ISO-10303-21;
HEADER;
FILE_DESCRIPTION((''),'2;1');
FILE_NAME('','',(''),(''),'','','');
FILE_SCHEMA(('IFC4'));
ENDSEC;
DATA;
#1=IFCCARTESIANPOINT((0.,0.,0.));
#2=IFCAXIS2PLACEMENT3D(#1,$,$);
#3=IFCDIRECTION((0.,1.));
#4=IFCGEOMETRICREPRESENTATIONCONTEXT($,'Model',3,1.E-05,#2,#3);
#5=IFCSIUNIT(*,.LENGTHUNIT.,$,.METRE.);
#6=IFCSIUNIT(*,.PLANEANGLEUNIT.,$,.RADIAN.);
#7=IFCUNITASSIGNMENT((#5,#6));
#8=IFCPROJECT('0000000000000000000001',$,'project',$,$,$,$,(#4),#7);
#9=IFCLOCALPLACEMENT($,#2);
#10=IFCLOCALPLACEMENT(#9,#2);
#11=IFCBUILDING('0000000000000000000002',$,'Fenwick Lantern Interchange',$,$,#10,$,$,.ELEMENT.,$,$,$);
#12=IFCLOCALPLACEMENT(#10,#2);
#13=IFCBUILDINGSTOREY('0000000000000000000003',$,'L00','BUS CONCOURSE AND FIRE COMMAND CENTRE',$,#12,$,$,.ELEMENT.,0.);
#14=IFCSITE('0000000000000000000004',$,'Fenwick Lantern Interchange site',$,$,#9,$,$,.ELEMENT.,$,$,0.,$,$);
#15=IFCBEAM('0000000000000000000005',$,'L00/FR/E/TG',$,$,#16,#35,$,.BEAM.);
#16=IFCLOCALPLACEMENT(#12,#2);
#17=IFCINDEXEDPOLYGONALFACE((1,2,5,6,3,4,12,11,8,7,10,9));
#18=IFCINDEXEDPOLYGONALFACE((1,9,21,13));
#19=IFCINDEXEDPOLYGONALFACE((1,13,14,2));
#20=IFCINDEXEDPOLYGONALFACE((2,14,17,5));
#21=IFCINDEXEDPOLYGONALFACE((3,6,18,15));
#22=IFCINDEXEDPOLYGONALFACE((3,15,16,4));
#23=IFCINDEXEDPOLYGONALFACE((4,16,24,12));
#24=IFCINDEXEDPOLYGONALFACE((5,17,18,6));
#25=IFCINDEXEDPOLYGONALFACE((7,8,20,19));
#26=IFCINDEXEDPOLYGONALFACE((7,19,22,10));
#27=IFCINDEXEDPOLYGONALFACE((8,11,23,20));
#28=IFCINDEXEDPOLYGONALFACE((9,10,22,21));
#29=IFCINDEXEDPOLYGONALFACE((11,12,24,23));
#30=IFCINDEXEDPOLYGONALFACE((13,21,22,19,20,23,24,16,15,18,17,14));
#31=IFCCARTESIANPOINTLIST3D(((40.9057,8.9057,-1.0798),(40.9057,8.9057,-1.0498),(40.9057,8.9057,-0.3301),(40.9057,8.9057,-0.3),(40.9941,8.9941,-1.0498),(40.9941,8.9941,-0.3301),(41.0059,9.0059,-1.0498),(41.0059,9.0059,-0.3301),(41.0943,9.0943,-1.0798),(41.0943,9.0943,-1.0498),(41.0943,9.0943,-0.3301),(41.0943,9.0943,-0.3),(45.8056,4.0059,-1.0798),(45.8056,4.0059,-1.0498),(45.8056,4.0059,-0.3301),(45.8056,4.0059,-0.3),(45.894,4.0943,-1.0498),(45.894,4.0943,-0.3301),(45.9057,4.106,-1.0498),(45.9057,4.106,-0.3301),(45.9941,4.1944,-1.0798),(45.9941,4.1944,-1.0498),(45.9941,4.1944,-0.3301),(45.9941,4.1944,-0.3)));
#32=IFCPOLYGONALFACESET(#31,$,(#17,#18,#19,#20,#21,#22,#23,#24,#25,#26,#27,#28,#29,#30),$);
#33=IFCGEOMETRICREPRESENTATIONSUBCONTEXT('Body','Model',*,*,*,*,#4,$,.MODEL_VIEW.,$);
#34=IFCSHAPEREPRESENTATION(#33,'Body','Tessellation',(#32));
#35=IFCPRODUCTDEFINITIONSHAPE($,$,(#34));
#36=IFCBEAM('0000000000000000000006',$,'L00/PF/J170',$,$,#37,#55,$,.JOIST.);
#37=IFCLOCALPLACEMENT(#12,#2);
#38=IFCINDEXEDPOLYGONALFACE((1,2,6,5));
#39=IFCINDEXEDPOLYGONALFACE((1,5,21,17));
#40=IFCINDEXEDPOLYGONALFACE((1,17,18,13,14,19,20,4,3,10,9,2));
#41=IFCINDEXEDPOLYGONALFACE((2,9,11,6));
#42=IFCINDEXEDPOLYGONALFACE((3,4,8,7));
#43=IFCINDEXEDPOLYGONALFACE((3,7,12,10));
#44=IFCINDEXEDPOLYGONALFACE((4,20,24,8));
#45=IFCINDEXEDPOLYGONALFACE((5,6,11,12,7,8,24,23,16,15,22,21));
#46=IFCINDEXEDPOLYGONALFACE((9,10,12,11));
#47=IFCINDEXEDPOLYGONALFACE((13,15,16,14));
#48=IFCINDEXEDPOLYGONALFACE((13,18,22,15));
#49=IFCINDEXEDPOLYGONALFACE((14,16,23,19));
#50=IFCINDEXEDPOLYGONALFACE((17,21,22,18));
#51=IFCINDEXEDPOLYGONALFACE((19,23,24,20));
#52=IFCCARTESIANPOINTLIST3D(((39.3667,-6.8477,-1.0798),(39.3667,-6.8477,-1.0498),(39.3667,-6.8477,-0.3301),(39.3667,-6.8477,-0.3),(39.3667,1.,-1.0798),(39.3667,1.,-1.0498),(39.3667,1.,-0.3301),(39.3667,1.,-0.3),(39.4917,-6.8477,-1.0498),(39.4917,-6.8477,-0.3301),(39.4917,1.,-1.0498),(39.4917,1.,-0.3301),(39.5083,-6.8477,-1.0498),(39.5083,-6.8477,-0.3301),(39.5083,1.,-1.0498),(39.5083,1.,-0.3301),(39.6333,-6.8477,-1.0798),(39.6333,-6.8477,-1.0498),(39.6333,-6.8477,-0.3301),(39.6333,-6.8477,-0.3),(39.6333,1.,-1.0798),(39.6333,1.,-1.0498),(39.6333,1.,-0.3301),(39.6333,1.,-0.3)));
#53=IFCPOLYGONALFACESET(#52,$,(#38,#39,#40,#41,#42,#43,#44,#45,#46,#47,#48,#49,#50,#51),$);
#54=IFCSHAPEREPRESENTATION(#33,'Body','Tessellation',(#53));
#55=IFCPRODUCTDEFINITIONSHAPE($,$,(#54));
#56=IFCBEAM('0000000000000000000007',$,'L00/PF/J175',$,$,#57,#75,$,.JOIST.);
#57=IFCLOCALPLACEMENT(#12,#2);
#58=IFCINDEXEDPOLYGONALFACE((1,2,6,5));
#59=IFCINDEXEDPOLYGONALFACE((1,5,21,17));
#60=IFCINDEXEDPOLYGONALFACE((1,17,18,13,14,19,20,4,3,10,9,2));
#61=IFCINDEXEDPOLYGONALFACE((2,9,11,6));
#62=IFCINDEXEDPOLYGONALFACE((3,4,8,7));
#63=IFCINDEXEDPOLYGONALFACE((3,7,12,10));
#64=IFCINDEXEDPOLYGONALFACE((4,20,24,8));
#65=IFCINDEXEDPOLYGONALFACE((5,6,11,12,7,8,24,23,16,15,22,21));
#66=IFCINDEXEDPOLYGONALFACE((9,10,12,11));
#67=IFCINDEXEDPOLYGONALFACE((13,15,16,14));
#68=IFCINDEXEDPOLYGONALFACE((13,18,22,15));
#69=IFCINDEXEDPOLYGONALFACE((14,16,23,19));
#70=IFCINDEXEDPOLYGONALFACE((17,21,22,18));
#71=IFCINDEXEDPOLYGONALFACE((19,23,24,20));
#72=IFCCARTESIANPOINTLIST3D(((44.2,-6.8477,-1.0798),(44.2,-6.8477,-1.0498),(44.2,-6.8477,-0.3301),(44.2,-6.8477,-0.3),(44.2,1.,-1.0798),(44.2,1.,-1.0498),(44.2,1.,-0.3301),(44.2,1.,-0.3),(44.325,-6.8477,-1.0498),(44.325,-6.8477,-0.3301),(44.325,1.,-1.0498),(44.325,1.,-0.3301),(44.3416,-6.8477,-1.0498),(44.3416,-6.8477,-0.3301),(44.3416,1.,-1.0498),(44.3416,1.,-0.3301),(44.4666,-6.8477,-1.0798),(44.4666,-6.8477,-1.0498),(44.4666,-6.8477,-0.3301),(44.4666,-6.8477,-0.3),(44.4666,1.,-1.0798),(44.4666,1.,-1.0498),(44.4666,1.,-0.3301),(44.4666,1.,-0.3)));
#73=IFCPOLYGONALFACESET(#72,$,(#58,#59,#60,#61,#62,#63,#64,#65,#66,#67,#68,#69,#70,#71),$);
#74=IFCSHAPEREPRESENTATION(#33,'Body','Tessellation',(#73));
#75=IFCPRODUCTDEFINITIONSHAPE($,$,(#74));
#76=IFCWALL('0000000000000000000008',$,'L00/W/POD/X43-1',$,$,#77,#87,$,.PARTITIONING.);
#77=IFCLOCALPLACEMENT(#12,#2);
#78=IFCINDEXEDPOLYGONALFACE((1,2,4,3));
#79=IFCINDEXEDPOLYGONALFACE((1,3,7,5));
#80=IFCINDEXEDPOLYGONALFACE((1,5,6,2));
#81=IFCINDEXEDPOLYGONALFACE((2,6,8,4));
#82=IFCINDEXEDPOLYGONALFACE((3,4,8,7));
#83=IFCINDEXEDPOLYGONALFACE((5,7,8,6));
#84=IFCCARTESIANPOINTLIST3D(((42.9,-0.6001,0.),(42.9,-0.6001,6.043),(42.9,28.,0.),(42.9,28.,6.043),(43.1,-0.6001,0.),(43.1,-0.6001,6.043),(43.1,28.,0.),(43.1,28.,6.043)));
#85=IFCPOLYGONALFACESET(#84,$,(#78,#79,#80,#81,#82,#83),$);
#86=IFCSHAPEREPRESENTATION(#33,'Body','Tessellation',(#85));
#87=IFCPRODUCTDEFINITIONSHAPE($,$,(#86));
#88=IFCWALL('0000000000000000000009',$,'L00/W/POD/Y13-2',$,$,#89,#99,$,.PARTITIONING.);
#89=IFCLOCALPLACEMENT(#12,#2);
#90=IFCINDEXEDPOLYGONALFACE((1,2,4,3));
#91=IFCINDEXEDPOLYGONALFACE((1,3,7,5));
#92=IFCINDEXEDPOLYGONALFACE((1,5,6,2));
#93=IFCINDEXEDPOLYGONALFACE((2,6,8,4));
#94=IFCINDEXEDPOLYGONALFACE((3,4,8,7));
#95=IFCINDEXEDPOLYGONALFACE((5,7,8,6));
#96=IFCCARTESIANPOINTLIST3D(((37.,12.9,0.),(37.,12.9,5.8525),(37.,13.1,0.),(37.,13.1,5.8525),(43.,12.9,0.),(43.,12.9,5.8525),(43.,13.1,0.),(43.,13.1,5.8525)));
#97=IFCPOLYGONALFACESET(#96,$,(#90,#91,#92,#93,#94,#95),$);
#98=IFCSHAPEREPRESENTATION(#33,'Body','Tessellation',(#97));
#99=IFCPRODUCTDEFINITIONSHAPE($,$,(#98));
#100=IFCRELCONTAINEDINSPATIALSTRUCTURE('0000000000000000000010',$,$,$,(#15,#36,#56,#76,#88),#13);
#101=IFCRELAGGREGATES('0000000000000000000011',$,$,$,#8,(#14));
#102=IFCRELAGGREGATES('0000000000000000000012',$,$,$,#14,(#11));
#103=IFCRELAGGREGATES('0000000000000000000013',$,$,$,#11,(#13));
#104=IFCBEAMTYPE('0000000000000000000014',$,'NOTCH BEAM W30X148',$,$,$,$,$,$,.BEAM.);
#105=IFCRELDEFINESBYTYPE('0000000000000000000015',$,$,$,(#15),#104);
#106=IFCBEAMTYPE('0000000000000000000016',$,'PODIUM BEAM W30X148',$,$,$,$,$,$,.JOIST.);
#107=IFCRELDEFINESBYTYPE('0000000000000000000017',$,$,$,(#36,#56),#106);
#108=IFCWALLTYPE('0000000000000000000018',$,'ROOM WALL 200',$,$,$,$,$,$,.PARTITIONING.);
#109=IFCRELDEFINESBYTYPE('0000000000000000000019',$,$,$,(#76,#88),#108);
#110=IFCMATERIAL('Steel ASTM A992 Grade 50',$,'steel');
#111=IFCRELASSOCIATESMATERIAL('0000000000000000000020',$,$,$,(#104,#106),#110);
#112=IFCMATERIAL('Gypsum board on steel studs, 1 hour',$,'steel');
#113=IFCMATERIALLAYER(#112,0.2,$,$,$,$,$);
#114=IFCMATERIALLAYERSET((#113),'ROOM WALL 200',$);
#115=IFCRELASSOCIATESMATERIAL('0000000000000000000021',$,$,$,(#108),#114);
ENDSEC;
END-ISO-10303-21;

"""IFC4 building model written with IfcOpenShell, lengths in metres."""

from ifc_helpers import new_model, si_unit, direction, frame, frame_2d, origin, origin_2d, place, context, subcontext, project, spatial, rectangle, i_section, extrude, material, layer, layer_set, material_profile, profile_set, type_object, element, save


model = new_model("IFC4")

# Units and contexts
model_context = context("Model", 3, precision=1e-05, world=origin(), true_north=direction((0.0, 1.0)))
body_context = subcontext(model_context, "Body", "Model", "MODEL_VIEW")
ifc_project = project(units=[si_unit("LENGTHUNIT", "METRE"), si_unit("PLANEANGLEUNIT", "RADIAN")], contexts=[model_context])

# Site, building, storey
site_placement = place(None, origin())
site = spatial("IfcSite", under=ifc_project, at=site_placement, Name="Fenwick Lantern Interchange site", CompositionType="ELEMENT", RefElevation=0.0)
building_placement = place(site_placement, origin())
building = spatial("IfcBuilding", under=site, at=building_placement, Name="Fenwick Lantern Interchange", CompositionType="ELEMENT")
storey_placement = place(building_placement, origin())
storey = spatial("IfcBuildingStorey", under=building, at=storey_placement, Name="L00", Description="BUS CONCOURSE AND FIRE COMMAND CENTRE", CompositionType="ELEMENT", Elevation=0.0)

# Beams
ifc_material_1 = material(Name="Steel ASTM A992 Grade 50", Category="steel")
ifc_material_profile_1 = material_profile(ifc_material_1, i_section(OverallWidth=0.2666, OverallDepth=0.7798, WebThickness=0.0166, FlangeThickness=0.03, at=origin_2d()), Name="W30X148")
ifc_profile_set_1 = profile_set([ifc_material_profile_1], Name="Steel ASTM A992 Grade 50")
beam_type_1 = type_object("IfcBeamType", Name="NOTCH BEAM W30X148", PredefinedType="BEAM", material=ifc_profile_set_1)
beam_1_placement = place(storey_placement, frame((41.0, 9.0, -0.6899), z_axis=(0.707107, -0.707107, 0.0), x_axis=(0.707107, 0.707107, 0.0)))
element("IfcBeam", 1, at=beam_1_placement, inside=storey, type_object=beam_type_1, Name="L00/FR/E/TG", PredefinedType="BEAM", context=body_context, shape_type="SweptSolid", body=[
    extrude(i_section(OverallWidth=0.2666, OverallDepth=0.7798, WebThickness=0.0166, FlangeThickness=0.03, at=origin_2d()), origin(), (0.0, 0.0, 1.0), 6.9294),
])
ifc_material_profile_2 = material_profile(ifc_material_1, i_section(OverallWidth=0.2666, OverallDepth=0.7798, WebThickness=0.0166, FlangeThickness=0.03, at=origin_2d()), Name="W30X148")
ifc_profile_set_2 = profile_set([ifc_material_profile_2], Name="Steel ASTM A992 Grade 50")
beam_type_2 = type_object("IfcBeamType", Name="PODIUM BEAM W30X148", PredefinedType="JOIST", material=ifc_profile_set_2)
for number, where, z_axis, x_axis, name in (
    (2, (39.5, -6.8477, -0.6899), (0.0, 1.0, 0.0), (-1.0, 0.0, 0.0), "L00/PF/J170"),
    (3, (44.3333, -6.8477, -0.6899), (0.0, 1.0, 0.0), (-1.0, 0.0, 0.0), "L00/PF/J175"),
):
    element("IfcBeam", number, at=place(storey_placement, frame(where, z_axis=z_axis, x_axis=x_axis)), inside=storey, type_object=beam_type_2, Name=name, PredefinedType="JOIST", context=body_context, shape_type="SweptSolid", body=[
        extrude(i_section(OverallWidth=0.2666, OverallDepth=0.7798, WebThickness=0.0166, FlangeThickness=0.03, at=origin_2d()), origin(), (0.0, 0.0, 1.0), 7.8477),
    ])

# Walls
ifc_material_2 = material(Name="Gypsum board on steel studs, 1 hour", Category="steel")
ifc_layer = layer(ifc_material_2, 0.2)
ifc_layer_set = layer_set([ifc_layer], Name="ROOM WALL 200")
wall_type = type_object("IfcWallType", Name="ROOM WALL 200", PredefinedType="PARTITIONING", material=ifc_layer_set)
wall_1_placement = place(storey_placement, frame((43.0, -0.6001, 0.0), z_axis=(0.0, 0.0, 1.0), x_axis=(0.0, 1.0, 0.0)))
element("IfcWall", 4, at=wall_1_placement, inside=storey, type_object=wall_type, Name="L00/W/POD/X43-1", PredefinedType="PARTITIONING", context=body_context, shape_type="SweptSolid", body=[
    extrude(rectangle(XDim=28.6001, YDim=0.2, at=frame_2d((14.3, 0.0))), origin(), (0.0, 0.0, 1.0), 6.043),
])
wall_2_placement = place(storey_placement, frame((37.0, 13.0, 0.0), z_axis=(0.0, 0.0, 1.0), x_axis=(1.0, 0.0, 0.0)))
element("IfcWall", 5, at=wall_2_placement, inside=storey, type_object=wall_type, Name="L00/W/POD/Y13-2", PredefinedType="PARTITIONING", context=body_context, shape_type="SweptSolid", body=[
    extrude(rectangle(XDim=6.0, YDim=0.2, at=frame_2d((3.0, 0.0))), origin(), (0.0, 0.0, 1.0), 5.8525),
])

save(model, "model.ifc")
